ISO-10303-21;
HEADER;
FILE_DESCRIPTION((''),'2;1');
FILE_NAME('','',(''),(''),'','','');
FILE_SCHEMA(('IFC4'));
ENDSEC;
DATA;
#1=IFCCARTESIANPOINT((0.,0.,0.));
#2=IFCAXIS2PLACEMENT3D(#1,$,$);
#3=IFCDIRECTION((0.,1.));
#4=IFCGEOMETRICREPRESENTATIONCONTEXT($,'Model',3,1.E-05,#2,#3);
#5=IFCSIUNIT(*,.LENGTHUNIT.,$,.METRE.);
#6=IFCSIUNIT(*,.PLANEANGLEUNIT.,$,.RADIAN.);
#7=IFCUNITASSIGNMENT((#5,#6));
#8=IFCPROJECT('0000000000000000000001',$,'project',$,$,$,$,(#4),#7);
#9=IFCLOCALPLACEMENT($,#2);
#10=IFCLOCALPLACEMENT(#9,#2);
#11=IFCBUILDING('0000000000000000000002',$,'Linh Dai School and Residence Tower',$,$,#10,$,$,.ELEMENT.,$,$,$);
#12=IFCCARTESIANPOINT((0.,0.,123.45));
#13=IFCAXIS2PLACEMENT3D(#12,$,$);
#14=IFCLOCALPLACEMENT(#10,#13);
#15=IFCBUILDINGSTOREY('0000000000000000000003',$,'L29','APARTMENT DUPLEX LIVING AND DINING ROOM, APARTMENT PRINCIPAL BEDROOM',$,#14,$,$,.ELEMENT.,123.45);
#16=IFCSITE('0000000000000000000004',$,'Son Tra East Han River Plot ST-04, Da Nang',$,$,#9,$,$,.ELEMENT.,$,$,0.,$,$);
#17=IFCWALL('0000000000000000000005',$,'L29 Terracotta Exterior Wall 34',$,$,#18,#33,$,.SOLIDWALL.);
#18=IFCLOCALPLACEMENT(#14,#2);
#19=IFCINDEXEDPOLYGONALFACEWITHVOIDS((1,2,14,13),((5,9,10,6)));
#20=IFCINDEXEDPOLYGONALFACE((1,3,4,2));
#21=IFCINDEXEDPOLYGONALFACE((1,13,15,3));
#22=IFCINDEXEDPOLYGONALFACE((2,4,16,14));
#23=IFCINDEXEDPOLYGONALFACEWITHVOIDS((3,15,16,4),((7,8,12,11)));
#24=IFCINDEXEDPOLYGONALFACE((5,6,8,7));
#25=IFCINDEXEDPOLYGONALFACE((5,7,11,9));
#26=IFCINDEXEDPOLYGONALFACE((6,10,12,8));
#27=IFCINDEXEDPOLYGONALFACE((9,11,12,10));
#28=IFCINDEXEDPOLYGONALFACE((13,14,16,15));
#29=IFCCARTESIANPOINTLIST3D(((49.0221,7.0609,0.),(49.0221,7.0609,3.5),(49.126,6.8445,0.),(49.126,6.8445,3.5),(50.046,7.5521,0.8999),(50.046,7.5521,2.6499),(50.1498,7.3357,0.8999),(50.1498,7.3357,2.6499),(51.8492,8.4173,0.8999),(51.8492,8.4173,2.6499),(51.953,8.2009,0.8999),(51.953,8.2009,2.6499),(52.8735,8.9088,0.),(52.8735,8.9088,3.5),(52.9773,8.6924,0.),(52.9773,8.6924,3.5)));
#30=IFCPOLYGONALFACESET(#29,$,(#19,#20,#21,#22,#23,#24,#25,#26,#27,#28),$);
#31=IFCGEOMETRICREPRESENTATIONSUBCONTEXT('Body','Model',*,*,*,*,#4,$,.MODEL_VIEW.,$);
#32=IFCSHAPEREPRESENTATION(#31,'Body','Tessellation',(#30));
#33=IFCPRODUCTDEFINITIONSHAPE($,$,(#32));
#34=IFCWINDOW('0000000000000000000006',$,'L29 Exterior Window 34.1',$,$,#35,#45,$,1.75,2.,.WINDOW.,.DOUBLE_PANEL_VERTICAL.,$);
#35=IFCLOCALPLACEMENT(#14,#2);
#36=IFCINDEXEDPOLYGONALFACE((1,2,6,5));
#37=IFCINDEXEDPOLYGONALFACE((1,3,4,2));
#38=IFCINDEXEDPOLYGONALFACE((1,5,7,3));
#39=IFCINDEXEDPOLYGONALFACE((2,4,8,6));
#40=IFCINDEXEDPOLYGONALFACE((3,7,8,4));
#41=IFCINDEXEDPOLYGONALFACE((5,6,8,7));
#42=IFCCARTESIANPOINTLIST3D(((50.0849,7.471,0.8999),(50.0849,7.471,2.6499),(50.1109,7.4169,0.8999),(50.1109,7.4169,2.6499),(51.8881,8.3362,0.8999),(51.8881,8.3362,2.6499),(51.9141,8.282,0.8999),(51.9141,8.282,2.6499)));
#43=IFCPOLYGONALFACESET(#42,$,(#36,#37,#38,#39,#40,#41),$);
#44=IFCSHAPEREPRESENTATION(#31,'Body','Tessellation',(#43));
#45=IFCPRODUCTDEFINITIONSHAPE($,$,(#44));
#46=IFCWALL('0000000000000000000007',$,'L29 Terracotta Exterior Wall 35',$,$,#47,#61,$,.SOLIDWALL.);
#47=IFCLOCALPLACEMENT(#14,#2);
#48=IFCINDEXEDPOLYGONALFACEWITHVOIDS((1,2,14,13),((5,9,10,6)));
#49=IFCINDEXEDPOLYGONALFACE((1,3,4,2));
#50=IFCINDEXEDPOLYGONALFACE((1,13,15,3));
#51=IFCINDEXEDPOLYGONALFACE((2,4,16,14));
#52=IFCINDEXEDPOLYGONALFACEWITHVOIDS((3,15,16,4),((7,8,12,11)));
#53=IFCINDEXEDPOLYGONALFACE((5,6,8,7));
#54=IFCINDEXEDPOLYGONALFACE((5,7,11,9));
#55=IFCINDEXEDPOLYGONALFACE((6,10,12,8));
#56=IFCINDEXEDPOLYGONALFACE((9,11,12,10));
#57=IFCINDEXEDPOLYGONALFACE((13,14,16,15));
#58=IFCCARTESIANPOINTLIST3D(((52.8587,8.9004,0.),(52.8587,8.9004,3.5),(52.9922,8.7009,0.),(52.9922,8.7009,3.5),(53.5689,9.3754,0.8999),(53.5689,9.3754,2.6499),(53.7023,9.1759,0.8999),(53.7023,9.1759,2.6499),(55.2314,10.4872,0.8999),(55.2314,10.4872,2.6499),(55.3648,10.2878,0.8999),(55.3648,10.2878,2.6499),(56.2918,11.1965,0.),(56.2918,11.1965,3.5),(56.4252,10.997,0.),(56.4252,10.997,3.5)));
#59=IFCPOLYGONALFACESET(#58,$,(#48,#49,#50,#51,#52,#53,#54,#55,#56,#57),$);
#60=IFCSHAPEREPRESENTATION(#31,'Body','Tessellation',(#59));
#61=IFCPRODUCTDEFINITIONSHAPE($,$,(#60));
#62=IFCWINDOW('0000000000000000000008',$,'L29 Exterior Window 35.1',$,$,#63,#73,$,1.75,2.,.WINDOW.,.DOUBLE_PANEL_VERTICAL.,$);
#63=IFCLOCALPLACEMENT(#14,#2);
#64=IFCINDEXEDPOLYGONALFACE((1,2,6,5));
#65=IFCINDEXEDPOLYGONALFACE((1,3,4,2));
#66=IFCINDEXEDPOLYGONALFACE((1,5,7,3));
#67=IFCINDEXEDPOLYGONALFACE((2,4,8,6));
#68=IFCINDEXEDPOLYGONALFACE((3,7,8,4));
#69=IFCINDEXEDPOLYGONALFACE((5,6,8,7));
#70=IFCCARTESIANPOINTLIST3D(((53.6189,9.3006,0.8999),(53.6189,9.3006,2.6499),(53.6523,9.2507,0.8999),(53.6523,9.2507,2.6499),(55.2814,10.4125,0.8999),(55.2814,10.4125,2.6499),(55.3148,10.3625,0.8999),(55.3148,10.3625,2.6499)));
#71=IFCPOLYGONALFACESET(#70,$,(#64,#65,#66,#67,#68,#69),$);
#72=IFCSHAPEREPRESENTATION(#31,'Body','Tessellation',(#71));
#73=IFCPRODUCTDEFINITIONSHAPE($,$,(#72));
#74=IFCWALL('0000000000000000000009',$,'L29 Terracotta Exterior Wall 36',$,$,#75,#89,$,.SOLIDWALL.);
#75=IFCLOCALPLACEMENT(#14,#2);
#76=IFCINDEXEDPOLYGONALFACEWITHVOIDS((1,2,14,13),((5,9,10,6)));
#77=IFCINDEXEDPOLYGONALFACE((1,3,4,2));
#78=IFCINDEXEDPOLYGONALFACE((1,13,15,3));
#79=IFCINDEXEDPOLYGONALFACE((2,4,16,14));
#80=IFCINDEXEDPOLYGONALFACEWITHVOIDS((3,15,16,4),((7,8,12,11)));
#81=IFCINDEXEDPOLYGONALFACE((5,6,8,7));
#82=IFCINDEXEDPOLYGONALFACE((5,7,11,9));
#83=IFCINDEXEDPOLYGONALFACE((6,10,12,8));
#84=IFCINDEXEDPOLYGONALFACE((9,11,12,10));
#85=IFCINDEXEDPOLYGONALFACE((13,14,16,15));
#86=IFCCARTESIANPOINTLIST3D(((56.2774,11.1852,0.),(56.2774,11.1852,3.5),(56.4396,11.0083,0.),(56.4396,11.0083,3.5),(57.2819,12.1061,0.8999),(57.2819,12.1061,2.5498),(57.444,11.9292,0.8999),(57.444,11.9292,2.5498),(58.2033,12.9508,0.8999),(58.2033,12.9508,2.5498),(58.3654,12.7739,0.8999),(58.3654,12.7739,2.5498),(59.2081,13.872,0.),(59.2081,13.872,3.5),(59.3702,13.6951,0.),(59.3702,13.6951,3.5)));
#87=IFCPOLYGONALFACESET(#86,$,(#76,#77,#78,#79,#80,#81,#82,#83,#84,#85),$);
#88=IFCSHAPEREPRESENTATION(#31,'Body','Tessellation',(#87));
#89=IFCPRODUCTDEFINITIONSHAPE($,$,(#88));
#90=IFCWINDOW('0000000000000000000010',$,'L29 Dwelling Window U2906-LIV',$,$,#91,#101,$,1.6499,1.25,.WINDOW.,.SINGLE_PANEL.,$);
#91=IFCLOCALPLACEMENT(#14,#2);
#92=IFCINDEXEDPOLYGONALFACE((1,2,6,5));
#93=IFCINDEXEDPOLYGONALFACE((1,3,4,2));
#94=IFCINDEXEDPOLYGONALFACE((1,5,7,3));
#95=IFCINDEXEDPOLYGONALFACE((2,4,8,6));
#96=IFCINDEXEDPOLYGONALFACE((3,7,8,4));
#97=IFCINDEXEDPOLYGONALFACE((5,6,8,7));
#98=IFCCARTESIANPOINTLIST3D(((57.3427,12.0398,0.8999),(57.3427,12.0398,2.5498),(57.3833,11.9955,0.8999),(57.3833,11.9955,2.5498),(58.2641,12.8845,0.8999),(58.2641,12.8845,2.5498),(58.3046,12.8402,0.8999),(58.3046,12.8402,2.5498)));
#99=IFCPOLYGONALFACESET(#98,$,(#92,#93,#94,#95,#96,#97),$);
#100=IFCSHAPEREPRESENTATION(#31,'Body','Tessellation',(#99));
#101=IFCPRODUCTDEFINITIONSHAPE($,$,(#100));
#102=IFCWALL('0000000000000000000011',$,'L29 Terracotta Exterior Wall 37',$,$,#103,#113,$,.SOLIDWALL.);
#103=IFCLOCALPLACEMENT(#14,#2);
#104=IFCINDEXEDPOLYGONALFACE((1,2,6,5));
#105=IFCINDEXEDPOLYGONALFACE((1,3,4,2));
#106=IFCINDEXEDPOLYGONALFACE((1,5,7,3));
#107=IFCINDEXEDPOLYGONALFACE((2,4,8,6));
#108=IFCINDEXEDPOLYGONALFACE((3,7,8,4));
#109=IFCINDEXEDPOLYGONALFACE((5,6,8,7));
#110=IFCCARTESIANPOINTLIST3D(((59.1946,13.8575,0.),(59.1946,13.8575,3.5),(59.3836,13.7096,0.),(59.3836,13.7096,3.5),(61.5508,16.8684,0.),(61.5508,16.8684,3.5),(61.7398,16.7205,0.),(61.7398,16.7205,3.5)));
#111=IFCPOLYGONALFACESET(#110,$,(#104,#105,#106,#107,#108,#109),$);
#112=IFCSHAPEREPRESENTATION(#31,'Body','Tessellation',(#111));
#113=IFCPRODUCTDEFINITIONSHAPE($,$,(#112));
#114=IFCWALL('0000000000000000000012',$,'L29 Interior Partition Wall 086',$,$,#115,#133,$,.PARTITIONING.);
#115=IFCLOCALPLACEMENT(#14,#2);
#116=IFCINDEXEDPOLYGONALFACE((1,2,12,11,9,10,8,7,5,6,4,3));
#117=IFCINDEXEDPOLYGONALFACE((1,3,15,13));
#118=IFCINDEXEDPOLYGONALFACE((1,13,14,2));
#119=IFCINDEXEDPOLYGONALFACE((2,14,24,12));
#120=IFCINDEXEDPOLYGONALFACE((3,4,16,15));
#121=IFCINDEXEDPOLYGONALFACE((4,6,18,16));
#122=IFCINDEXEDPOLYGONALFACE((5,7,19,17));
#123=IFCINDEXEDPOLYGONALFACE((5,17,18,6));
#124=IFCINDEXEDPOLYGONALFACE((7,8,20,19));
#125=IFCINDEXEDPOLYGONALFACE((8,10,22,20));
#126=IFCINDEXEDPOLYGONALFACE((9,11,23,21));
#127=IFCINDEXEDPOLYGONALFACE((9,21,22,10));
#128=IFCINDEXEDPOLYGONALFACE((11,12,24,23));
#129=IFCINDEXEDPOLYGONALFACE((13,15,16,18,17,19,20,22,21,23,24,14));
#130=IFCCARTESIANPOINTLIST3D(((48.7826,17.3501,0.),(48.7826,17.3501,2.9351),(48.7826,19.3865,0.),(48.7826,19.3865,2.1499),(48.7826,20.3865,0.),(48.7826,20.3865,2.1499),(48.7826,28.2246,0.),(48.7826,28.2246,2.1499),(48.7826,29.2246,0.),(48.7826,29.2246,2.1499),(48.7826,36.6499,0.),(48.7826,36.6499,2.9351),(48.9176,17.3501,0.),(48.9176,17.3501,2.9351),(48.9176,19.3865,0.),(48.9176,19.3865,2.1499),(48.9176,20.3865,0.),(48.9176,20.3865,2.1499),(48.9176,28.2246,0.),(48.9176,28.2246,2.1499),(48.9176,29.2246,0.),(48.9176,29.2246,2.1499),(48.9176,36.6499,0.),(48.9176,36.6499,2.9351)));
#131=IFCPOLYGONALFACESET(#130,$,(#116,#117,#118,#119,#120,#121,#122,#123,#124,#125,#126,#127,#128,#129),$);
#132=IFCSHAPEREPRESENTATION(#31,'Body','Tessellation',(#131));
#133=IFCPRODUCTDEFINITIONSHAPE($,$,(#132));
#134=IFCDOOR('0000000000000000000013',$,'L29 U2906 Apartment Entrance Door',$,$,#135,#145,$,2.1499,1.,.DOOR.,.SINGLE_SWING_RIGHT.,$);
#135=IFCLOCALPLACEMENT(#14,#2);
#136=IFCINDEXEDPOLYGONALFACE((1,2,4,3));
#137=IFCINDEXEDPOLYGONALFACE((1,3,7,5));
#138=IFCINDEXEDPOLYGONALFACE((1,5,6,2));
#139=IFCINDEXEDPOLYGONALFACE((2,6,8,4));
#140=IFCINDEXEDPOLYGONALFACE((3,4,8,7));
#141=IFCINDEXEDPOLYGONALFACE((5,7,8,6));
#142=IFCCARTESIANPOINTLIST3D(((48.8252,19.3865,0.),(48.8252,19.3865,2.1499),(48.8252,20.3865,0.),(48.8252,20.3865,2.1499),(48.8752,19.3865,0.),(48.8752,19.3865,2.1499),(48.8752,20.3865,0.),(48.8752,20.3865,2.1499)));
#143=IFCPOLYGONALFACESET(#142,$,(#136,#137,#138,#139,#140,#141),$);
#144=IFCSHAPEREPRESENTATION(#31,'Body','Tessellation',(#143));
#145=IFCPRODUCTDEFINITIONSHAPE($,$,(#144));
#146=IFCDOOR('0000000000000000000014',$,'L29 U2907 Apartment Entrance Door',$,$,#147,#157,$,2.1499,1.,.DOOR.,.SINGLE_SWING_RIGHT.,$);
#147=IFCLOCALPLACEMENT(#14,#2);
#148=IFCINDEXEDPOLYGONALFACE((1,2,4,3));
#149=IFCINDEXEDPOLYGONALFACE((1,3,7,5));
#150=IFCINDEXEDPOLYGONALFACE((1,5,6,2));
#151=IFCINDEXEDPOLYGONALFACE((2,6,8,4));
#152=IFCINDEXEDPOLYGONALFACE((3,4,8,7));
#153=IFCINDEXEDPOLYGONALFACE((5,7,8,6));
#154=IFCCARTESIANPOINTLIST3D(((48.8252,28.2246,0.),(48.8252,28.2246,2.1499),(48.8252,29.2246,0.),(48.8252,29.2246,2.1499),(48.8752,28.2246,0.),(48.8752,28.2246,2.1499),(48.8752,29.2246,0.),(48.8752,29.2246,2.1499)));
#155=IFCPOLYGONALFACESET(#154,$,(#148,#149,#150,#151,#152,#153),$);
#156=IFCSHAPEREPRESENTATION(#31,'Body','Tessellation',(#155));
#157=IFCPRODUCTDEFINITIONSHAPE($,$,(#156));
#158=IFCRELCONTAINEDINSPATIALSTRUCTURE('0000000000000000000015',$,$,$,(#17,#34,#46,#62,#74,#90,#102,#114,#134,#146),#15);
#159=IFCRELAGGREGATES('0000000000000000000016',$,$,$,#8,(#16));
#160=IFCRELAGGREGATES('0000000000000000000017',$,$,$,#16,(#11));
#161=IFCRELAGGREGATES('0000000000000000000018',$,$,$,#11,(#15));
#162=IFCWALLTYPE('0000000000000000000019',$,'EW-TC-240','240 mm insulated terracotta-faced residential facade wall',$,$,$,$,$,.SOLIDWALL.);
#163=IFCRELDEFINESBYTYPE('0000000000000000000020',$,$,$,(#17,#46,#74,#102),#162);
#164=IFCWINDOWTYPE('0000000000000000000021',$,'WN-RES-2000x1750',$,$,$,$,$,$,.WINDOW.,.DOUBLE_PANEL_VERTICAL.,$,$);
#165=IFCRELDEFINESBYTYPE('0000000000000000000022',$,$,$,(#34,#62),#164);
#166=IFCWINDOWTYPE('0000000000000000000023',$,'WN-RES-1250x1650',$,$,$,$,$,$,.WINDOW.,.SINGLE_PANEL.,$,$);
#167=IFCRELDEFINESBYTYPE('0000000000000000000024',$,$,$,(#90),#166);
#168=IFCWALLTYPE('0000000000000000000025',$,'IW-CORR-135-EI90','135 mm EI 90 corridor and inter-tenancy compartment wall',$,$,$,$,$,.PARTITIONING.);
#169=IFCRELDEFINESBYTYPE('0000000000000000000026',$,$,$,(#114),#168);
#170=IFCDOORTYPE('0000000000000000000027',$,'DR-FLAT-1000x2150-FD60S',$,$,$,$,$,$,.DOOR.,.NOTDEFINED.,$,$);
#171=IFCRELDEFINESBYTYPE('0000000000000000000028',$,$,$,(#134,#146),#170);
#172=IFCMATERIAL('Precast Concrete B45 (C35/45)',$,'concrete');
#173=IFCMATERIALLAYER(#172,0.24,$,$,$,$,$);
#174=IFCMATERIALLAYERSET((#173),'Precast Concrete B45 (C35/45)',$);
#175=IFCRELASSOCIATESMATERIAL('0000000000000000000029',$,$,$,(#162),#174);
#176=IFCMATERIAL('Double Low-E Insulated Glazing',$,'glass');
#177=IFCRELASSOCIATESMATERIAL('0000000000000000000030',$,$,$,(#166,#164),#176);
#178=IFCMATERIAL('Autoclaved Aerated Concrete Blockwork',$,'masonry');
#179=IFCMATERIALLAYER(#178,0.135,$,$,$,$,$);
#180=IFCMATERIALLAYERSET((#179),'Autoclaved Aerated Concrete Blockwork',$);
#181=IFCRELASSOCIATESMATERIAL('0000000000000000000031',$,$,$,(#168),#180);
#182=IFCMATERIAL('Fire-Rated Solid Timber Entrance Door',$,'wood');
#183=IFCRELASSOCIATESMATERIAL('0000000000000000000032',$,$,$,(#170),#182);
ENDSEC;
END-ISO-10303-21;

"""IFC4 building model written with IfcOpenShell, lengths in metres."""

from ifc_helpers import new_model, si_unit, direction, frame, frame_2d, origin, origin_2d, place, context, subcontext, project, spatial, rectangle, extrude, source, transform, mapped, material, layer, layer_set, type_object, element, fill, save


model = new_model("IFC4")

# Units and contexts
model_context = context("Model", 3, precision=1e-05, world=origin(), true_north=direction((0.0, 1.0)))
body_context = subcontext(model_context, "Body", "Model", "MODEL_VIEW")
ifc_project = project(units=[si_unit("LENGTHUNIT", "METRE"), si_unit("PLANEANGLEUNIT", "RADIAN")], contexts=[model_context])

# Site, building, storey
site_placement = place(None, origin())
site = spatial("IfcSite", under=ifc_project, at=site_placement, Name="Son Tra East Han River Plot ST-04, Da Nang", CompositionType="ELEMENT", RefElevation=0.0)
building_placement = place(site_placement, origin())
building = spatial("IfcBuilding", under=site, at=building_placement, Name="Linh Dai School and Residence Tower", CompositionType="ELEMENT")
storey_placement = place(building_placement, frame((0.0, 0.0, 123.45)))
storey = spatial("IfcBuildingStorey", under=building, at=storey_placement, Name="L29", Description="APARTMENT DUPLEX LIVING AND DINING ROOM, APARTMENT PRINCIPAL BEDROOM", CompositionType="ELEMENT", Elevation=123.45)

# Shared definitions
ifc_material_1 = material(Name="Precast Concrete B45 (C35/45)", Category="concrete")

# Shared definitions
ifc_layer_1 = layer(ifc_material_1, 0.24)
ifc_layer_set_1 = layer_set([ifc_layer_1], Name="Precast Concrete B45 (C35/45)")
wall_type_1 = type_object("IfcWallType", Name="EW-TC-240", Description="240 mm insulated terracotta-faced residential facade wall", PredefinedType="SOLIDWALL", material=ifc_layer_set_1)

# Walls, openings, windows
ifc_material_2 = material(Name="Double Low-E Insulated Glazing", Category="glass")
window_type_1 = type_object("IfcWindowType", Name="WN-RES-1250x1650", PartitioningType="SINGLE_PANEL", PredefinedType="WINDOW", material=ifc_material_2)
shared_shape_1 = source(origin(), body_context, "Body", "SweptSolid", [
    extrude(rectangle(XDim=1.25, YDim=1.6499, at=origin_2d()), frame((0.625, 0.03, 0.825), z_axis=(0.0, -1.0, 0.0), x_axis=(1.0, 0.0, 0.0)), (0.0, 0.0, 1.0), 0.0601),
])
wall_1_placement = place(storey_placement, frame((52.9253, 8.8005, 0.0), z_axis=(0.0, 0.0, 1.0), x_axis=(-0.90159, -0.432592, 0.0)))
wall_1 = element("IfcWall", 1, at=wall_1_placement, inside=storey, type_object=wall_type_1, Name="L29 Terracotta Exterior Wall 34", PredefinedType="SOLIDWALL", context=body_context, shape_type="SweptSolid", body=[
    extrude(rectangle(XDim=4.2717, YDim=0.24, at=frame_2d((2.1357, 0.0))), origin(), (0.0, 0.0, 1.0), 3.5),
])
opening_1_placement = place(wall_1_placement, frame((1.136, 0.0, 0.8999)))
opening_1 = element("IfcOpeningElement", 2, at=opening_1_placement, cuts=wall_1, PredefinedType="OPENING", context=body_context, shape_type="SweptSolid", body=[
    extrude(rectangle(XDim=2.0, YDim=1.75, at=origin_2d()), frame((1.0, 0.1299, 0.875), z_axis=(0.0, -1.0, 0.0), x_axis=(1.0, 0.0, 0.0)), (0.0, 0.0, 1.0), 0.26),
])
window_type_2 = type_object("IfcWindowType", Name="WN-RES-2000x1750", PartitioningType="DOUBLE_PANEL_VERTICAL", PredefinedType="WINDOW", material=ifc_material_2)
shared_shape_2 = source(origin(), body_context, "Body", "SweptSolid", [
    extrude(rectangle(XDim=2.0, YDim=1.75, at=origin_2d()), frame((1.0, 0.03, 0.875), z_axis=(0.0, -1.0, 0.0), x_axis=(1.0, 0.0, 0.0)), (0.0, 0.0, 1.0), 0.0601),
])
window_1_placement = place(opening_1_placement, origin())
window_1 = element("IfcWindow", 3, at=window_1_placement, inside=storey, type_object=window_type_2, Name="L29 Exterior Window 34.1", OverallHeight=1.75, OverallWidth=2.0, PartitioningType="DOUBLE_PANEL_VERTICAL", PredefinedType="WINDOW", context=body_context, shape_type="MappedRepresentation", body=[
    mapped(shared_shape_2, transform((0.0, 0.0, 0.0), x_axis=(1.0, 0.0, 0.0), y_axis=(0.0, 1.0, 0.0), z_axis=(0.0, 0.0, 1.0), scale=1.0)),
])
fill(opening_1, window_1)
wall_2_placement = place(storey_placement, frame((56.3584, 11.0967, 0.0), z_axis=(0.0, 0.0, 1.0), x_axis=(-0.831222, -0.555941, 0.0)))
wall_2 = element("IfcWall", 4, at=wall_2_placement, inside=storey, type_object=wall_type_1, Name="L29 Terracotta Exterior Wall 35", PredefinedType="SOLIDWALL", context=body_context, shape_type="SweptSolid", body=[
    extrude(rectangle(XDim=4.1301, YDim=0.24, at=frame_2d((2.0649, 0.0))), origin(), (0.0, 0.0, 1.0), 3.5),
])
opening_2_placement = place(wall_2_placement, frame((1.2756, 0.0, 0.8999)))
opening_2 = element("IfcOpeningElement", 5, at=opening_2_placement, cuts=wall_2, PredefinedType="OPENING", context=body_context, shape_type="SweptSolid", body=[
    extrude(rectangle(XDim=2.0, YDim=1.75, at=origin_2d()), frame((1.0, 0.1299, 0.875), z_axis=(0.0, -1.0, 0.0), x_axis=(1.0, 0.0, 0.0)), (0.0, 0.0, 1.0), 0.26),
])
window_2_placement = place(opening_2_placement, origin())
window_2 = element("IfcWindow", 6, at=window_2_placement, inside=storey, type_object=window_type_2, Name="L29 Exterior Window 35.1", OverallHeight=1.75, OverallWidth=2.0, PartitioningType="DOUBLE_PANEL_VERTICAL", PredefinedType="WINDOW", context=body_context, shape_type="MappedRepresentation", body=[
    mapped(shared_shape_2, transform((0.0, 0.0, 0.0), x_axis=(1.0, 0.0, 0.0), y_axis=(0.0, 1.0, 0.0), z_axis=(0.0, 0.0, 1.0), scale=1.0)),
])
fill(opening_2, window_2)
wall_3_placement = place(storey_placement, frame((59.2891, 13.7834, 0.0), z_axis=(0.0, 0.0, 1.0), x_axis=(-0.737113, -0.675769, 0.0)))
wall_3 = element("IfcWall", 7, at=wall_3_placement, inside=storey, type_object=wall_type_1, Name="L29 Terracotta Exterior Wall 36", PredefinedType="SOLIDWALL", context=body_context, shape_type="SweptSolid", body=[
    extrude(rectangle(XDim=3.9758, YDim=0.24, at=frame_2d((1.9878, 0.0))), origin(), (0.0, 0.0, 1.0), 3.5),
])
opening_3_placement = place(wall_3_placement, frame((1.363, 0.0, 0.8999)))
opening_3 = element("IfcOpeningElement", 8, at=opening_3_placement, cuts=wall_3, PredefinedType="OPENING", context=body_context, shape_type="SweptSolid", body=[
    extrude(rectangle(XDim=1.25, YDim=1.6499, at=origin_2d()), frame((0.625, 0.1299, 0.825), z_axis=(0.0, -1.0, 0.0), x_axis=(1.0, 0.0, 0.0)), (0.0, 0.0, 1.0), 0.26),
])
window_3_placement = place(opening_3_placement, origin())
window_3 = element("IfcWindow", 9, at=window_3_placement, inside=storey, type_object=window_type_1, Name="L29 Dwelling Window U2906-LIV", OverallHeight=1.6499, OverallWidth=1.25, PartitioningType="SINGLE_PANEL", PredefinedType="WINDOW", context=body_context, shape_type="MappedRepresentation", body=[
    mapped(shared_shape_1, transform((0.0, 0.0, 0.0), x_axis=(1.0, 0.0, 0.0), y_axis=(0.0, 1.0, 0.0), z_axis=(0.0, 0.0, 1.0), scale=1.0)),
])
fill(opening_3, window_3)

# Wall
wall_4_placement = place(storey_placement, frame((61.6453, 16.7944, 0.0), z_axis=(0.0, 0.0, 1.0), x_axis=(-0.616272, -0.787533, 0.0)))
element("IfcWall", 10, at=wall_4_placement, inside=storey, type_object=wall_type_1, Name="L29 Terracotta Exterior Wall 37", PredefinedType="SOLIDWALL", context=body_context, shape_type="SweptSolid", body=[
    extrude(rectangle(XDim=3.8232, YDim=0.24, at=frame_2d((1.9116, 0.0))), origin(), (0.0, 0.0, 1.0), 3.5),
])

# Wall, openings, doors
ifc_material_3 = material(Name="Autoclaved Aerated Concrete Blockwork", Category="masonry")
ifc_layer_2 = layer(ifc_material_3, 0.135)
ifc_layer_set_2 = layer_set([ifc_layer_2], Name="Autoclaved Aerated Concrete Blockwork")
wall_type_2 = type_object("IfcWallType", Name="IW-CORR-135-EI90", Description="135 mm EI 90 corridor and inter-tenancy compartment wall", PredefinedType="PARTITIONING", material=ifc_layer_set_2)
wall_5_placement = place(storey_placement, frame((48.8501, 17.3501, 0.0), z_axis=(0.0, 0.0, 1.0), x_axis=(0.0, 1.0, 0.0)))
wall_5 = element("IfcWall", 11, at=wall_5_placement, inside=storey, type_object=wall_type_2, Name="L29 Interior Partition Wall 086", PredefinedType="PARTITIONING", context=body_context, shape_type="SweptSolid", body=[
    extrude(rectangle(XDim=19.2998, YDim=0.135, at=frame_2d((9.6499, 0.0))), origin(), (0.0, 0.0, 1.0), 2.9351),
])
opening_4_placement = place(wall_5_placement, frame((2.0364, 0.0, 0.0)))
opening_4 = element("IfcOpeningElement", 12, at=opening_4_placement, cuts=wall_5, PredefinedType="OPENING", context=body_context, shape_type="SweptSolid", body=[
    extrude(rectangle(XDim=1.0, YDim=2.1499, at=origin_2d()), frame((0.5, 0.0776, 1.075), z_axis=(0.0, -1.0, 0.0), x_axis=(1.0, 0.0, 0.0)), (0.0, 0.0, 1.0), 0.155),
])
opening_5_placement = place(wall_5_placement, frame((10.8745, 0.0, 0.0)))
opening_5 = element("IfcOpeningElement", 13, at=opening_5_placement, cuts=wall_5, PredefinedType="OPENING", context=body_context, shape_type="SweptSolid", body=[
    extrude(rectangle(XDim=1.0, YDim=2.1499, at=origin_2d()), frame((0.5, 0.0776, 1.075), z_axis=(0.0, -1.0, 0.0), x_axis=(1.0, 0.0, 0.0)), (0.0, 0.0, 1.0), 0.155),
])
ifc_material_4 = material(Name="Fire-Rated Solid Timber Entrance Door", Category="wood")
door_type_1 = type_object("IfcDoorType", Name="DR-FLAT-1000x2150-FD60S", OperationType="NOTDEFINED", PredefinedType="DOOR", material=ifc_material_4)
shared_shape_3 = source(origin(), body_context, "Body", "SweptSolid", [
    extrude(rectangle(XDim=1.0, YDim=2.1499, at=origin_2d()), frame((0.5, 0.0249, 1.075), z_axis=(0.0, -1.0, 0.0), x_axis=(1.0, 0.0, 0.0)), (0.0, 0.0, 1.0), 0.05),
])
door_1_placement = place(opening_4_placement, origin())
door_1 = element("IfcDoor", 14, at=door_1_placement, inside=storey, type_object=door_type_1, Name="L29 U2906 Apartment Entrance Door", OperationType="SINGLE_SWING_RIGHT", OverallHeight=2.1499, OverallWidth=1.0, PredefinedType="DOOR", context=body_context, shape_type="MappedRepresentation", body=[
    mapped(shared_shape_3, transform((0.0, 0.0, 0.0), x_axis=(1.0, 0.0, 0.0), y_axis=(0.0, 1.0, 0.0), z_axis=(0.0, 0.0, 1.0), scale=1.0)),
])
fill(opening_4, door_1)
door_2_placement = place(opening_5_placement, origin())
door_2 = element("IfcDoor", 15, at=door_2_placement, inside=storey, type_object=door_type_1, Name="L29 U2907 Apartment Entrance Door", OperationType="SINGLE_SWING_RIGHT", OverallHeight=2.1499, OverallWidth=1.0, PredefinedType="DOOR", context=body_context, shape_type="MappedRepresentation", body=[
    mapped(shared_shape_3, transform((0.0, 0.0, 0.0), x_axis=(1.0, 0.0, 0.0), y_axis=(0.0, 1.0, 0.0), z_axis=(0.0, 0.0, 1.0), scale=1.0)),
])
fill(opening_5, door_2)

save(model, "model.ifc")
